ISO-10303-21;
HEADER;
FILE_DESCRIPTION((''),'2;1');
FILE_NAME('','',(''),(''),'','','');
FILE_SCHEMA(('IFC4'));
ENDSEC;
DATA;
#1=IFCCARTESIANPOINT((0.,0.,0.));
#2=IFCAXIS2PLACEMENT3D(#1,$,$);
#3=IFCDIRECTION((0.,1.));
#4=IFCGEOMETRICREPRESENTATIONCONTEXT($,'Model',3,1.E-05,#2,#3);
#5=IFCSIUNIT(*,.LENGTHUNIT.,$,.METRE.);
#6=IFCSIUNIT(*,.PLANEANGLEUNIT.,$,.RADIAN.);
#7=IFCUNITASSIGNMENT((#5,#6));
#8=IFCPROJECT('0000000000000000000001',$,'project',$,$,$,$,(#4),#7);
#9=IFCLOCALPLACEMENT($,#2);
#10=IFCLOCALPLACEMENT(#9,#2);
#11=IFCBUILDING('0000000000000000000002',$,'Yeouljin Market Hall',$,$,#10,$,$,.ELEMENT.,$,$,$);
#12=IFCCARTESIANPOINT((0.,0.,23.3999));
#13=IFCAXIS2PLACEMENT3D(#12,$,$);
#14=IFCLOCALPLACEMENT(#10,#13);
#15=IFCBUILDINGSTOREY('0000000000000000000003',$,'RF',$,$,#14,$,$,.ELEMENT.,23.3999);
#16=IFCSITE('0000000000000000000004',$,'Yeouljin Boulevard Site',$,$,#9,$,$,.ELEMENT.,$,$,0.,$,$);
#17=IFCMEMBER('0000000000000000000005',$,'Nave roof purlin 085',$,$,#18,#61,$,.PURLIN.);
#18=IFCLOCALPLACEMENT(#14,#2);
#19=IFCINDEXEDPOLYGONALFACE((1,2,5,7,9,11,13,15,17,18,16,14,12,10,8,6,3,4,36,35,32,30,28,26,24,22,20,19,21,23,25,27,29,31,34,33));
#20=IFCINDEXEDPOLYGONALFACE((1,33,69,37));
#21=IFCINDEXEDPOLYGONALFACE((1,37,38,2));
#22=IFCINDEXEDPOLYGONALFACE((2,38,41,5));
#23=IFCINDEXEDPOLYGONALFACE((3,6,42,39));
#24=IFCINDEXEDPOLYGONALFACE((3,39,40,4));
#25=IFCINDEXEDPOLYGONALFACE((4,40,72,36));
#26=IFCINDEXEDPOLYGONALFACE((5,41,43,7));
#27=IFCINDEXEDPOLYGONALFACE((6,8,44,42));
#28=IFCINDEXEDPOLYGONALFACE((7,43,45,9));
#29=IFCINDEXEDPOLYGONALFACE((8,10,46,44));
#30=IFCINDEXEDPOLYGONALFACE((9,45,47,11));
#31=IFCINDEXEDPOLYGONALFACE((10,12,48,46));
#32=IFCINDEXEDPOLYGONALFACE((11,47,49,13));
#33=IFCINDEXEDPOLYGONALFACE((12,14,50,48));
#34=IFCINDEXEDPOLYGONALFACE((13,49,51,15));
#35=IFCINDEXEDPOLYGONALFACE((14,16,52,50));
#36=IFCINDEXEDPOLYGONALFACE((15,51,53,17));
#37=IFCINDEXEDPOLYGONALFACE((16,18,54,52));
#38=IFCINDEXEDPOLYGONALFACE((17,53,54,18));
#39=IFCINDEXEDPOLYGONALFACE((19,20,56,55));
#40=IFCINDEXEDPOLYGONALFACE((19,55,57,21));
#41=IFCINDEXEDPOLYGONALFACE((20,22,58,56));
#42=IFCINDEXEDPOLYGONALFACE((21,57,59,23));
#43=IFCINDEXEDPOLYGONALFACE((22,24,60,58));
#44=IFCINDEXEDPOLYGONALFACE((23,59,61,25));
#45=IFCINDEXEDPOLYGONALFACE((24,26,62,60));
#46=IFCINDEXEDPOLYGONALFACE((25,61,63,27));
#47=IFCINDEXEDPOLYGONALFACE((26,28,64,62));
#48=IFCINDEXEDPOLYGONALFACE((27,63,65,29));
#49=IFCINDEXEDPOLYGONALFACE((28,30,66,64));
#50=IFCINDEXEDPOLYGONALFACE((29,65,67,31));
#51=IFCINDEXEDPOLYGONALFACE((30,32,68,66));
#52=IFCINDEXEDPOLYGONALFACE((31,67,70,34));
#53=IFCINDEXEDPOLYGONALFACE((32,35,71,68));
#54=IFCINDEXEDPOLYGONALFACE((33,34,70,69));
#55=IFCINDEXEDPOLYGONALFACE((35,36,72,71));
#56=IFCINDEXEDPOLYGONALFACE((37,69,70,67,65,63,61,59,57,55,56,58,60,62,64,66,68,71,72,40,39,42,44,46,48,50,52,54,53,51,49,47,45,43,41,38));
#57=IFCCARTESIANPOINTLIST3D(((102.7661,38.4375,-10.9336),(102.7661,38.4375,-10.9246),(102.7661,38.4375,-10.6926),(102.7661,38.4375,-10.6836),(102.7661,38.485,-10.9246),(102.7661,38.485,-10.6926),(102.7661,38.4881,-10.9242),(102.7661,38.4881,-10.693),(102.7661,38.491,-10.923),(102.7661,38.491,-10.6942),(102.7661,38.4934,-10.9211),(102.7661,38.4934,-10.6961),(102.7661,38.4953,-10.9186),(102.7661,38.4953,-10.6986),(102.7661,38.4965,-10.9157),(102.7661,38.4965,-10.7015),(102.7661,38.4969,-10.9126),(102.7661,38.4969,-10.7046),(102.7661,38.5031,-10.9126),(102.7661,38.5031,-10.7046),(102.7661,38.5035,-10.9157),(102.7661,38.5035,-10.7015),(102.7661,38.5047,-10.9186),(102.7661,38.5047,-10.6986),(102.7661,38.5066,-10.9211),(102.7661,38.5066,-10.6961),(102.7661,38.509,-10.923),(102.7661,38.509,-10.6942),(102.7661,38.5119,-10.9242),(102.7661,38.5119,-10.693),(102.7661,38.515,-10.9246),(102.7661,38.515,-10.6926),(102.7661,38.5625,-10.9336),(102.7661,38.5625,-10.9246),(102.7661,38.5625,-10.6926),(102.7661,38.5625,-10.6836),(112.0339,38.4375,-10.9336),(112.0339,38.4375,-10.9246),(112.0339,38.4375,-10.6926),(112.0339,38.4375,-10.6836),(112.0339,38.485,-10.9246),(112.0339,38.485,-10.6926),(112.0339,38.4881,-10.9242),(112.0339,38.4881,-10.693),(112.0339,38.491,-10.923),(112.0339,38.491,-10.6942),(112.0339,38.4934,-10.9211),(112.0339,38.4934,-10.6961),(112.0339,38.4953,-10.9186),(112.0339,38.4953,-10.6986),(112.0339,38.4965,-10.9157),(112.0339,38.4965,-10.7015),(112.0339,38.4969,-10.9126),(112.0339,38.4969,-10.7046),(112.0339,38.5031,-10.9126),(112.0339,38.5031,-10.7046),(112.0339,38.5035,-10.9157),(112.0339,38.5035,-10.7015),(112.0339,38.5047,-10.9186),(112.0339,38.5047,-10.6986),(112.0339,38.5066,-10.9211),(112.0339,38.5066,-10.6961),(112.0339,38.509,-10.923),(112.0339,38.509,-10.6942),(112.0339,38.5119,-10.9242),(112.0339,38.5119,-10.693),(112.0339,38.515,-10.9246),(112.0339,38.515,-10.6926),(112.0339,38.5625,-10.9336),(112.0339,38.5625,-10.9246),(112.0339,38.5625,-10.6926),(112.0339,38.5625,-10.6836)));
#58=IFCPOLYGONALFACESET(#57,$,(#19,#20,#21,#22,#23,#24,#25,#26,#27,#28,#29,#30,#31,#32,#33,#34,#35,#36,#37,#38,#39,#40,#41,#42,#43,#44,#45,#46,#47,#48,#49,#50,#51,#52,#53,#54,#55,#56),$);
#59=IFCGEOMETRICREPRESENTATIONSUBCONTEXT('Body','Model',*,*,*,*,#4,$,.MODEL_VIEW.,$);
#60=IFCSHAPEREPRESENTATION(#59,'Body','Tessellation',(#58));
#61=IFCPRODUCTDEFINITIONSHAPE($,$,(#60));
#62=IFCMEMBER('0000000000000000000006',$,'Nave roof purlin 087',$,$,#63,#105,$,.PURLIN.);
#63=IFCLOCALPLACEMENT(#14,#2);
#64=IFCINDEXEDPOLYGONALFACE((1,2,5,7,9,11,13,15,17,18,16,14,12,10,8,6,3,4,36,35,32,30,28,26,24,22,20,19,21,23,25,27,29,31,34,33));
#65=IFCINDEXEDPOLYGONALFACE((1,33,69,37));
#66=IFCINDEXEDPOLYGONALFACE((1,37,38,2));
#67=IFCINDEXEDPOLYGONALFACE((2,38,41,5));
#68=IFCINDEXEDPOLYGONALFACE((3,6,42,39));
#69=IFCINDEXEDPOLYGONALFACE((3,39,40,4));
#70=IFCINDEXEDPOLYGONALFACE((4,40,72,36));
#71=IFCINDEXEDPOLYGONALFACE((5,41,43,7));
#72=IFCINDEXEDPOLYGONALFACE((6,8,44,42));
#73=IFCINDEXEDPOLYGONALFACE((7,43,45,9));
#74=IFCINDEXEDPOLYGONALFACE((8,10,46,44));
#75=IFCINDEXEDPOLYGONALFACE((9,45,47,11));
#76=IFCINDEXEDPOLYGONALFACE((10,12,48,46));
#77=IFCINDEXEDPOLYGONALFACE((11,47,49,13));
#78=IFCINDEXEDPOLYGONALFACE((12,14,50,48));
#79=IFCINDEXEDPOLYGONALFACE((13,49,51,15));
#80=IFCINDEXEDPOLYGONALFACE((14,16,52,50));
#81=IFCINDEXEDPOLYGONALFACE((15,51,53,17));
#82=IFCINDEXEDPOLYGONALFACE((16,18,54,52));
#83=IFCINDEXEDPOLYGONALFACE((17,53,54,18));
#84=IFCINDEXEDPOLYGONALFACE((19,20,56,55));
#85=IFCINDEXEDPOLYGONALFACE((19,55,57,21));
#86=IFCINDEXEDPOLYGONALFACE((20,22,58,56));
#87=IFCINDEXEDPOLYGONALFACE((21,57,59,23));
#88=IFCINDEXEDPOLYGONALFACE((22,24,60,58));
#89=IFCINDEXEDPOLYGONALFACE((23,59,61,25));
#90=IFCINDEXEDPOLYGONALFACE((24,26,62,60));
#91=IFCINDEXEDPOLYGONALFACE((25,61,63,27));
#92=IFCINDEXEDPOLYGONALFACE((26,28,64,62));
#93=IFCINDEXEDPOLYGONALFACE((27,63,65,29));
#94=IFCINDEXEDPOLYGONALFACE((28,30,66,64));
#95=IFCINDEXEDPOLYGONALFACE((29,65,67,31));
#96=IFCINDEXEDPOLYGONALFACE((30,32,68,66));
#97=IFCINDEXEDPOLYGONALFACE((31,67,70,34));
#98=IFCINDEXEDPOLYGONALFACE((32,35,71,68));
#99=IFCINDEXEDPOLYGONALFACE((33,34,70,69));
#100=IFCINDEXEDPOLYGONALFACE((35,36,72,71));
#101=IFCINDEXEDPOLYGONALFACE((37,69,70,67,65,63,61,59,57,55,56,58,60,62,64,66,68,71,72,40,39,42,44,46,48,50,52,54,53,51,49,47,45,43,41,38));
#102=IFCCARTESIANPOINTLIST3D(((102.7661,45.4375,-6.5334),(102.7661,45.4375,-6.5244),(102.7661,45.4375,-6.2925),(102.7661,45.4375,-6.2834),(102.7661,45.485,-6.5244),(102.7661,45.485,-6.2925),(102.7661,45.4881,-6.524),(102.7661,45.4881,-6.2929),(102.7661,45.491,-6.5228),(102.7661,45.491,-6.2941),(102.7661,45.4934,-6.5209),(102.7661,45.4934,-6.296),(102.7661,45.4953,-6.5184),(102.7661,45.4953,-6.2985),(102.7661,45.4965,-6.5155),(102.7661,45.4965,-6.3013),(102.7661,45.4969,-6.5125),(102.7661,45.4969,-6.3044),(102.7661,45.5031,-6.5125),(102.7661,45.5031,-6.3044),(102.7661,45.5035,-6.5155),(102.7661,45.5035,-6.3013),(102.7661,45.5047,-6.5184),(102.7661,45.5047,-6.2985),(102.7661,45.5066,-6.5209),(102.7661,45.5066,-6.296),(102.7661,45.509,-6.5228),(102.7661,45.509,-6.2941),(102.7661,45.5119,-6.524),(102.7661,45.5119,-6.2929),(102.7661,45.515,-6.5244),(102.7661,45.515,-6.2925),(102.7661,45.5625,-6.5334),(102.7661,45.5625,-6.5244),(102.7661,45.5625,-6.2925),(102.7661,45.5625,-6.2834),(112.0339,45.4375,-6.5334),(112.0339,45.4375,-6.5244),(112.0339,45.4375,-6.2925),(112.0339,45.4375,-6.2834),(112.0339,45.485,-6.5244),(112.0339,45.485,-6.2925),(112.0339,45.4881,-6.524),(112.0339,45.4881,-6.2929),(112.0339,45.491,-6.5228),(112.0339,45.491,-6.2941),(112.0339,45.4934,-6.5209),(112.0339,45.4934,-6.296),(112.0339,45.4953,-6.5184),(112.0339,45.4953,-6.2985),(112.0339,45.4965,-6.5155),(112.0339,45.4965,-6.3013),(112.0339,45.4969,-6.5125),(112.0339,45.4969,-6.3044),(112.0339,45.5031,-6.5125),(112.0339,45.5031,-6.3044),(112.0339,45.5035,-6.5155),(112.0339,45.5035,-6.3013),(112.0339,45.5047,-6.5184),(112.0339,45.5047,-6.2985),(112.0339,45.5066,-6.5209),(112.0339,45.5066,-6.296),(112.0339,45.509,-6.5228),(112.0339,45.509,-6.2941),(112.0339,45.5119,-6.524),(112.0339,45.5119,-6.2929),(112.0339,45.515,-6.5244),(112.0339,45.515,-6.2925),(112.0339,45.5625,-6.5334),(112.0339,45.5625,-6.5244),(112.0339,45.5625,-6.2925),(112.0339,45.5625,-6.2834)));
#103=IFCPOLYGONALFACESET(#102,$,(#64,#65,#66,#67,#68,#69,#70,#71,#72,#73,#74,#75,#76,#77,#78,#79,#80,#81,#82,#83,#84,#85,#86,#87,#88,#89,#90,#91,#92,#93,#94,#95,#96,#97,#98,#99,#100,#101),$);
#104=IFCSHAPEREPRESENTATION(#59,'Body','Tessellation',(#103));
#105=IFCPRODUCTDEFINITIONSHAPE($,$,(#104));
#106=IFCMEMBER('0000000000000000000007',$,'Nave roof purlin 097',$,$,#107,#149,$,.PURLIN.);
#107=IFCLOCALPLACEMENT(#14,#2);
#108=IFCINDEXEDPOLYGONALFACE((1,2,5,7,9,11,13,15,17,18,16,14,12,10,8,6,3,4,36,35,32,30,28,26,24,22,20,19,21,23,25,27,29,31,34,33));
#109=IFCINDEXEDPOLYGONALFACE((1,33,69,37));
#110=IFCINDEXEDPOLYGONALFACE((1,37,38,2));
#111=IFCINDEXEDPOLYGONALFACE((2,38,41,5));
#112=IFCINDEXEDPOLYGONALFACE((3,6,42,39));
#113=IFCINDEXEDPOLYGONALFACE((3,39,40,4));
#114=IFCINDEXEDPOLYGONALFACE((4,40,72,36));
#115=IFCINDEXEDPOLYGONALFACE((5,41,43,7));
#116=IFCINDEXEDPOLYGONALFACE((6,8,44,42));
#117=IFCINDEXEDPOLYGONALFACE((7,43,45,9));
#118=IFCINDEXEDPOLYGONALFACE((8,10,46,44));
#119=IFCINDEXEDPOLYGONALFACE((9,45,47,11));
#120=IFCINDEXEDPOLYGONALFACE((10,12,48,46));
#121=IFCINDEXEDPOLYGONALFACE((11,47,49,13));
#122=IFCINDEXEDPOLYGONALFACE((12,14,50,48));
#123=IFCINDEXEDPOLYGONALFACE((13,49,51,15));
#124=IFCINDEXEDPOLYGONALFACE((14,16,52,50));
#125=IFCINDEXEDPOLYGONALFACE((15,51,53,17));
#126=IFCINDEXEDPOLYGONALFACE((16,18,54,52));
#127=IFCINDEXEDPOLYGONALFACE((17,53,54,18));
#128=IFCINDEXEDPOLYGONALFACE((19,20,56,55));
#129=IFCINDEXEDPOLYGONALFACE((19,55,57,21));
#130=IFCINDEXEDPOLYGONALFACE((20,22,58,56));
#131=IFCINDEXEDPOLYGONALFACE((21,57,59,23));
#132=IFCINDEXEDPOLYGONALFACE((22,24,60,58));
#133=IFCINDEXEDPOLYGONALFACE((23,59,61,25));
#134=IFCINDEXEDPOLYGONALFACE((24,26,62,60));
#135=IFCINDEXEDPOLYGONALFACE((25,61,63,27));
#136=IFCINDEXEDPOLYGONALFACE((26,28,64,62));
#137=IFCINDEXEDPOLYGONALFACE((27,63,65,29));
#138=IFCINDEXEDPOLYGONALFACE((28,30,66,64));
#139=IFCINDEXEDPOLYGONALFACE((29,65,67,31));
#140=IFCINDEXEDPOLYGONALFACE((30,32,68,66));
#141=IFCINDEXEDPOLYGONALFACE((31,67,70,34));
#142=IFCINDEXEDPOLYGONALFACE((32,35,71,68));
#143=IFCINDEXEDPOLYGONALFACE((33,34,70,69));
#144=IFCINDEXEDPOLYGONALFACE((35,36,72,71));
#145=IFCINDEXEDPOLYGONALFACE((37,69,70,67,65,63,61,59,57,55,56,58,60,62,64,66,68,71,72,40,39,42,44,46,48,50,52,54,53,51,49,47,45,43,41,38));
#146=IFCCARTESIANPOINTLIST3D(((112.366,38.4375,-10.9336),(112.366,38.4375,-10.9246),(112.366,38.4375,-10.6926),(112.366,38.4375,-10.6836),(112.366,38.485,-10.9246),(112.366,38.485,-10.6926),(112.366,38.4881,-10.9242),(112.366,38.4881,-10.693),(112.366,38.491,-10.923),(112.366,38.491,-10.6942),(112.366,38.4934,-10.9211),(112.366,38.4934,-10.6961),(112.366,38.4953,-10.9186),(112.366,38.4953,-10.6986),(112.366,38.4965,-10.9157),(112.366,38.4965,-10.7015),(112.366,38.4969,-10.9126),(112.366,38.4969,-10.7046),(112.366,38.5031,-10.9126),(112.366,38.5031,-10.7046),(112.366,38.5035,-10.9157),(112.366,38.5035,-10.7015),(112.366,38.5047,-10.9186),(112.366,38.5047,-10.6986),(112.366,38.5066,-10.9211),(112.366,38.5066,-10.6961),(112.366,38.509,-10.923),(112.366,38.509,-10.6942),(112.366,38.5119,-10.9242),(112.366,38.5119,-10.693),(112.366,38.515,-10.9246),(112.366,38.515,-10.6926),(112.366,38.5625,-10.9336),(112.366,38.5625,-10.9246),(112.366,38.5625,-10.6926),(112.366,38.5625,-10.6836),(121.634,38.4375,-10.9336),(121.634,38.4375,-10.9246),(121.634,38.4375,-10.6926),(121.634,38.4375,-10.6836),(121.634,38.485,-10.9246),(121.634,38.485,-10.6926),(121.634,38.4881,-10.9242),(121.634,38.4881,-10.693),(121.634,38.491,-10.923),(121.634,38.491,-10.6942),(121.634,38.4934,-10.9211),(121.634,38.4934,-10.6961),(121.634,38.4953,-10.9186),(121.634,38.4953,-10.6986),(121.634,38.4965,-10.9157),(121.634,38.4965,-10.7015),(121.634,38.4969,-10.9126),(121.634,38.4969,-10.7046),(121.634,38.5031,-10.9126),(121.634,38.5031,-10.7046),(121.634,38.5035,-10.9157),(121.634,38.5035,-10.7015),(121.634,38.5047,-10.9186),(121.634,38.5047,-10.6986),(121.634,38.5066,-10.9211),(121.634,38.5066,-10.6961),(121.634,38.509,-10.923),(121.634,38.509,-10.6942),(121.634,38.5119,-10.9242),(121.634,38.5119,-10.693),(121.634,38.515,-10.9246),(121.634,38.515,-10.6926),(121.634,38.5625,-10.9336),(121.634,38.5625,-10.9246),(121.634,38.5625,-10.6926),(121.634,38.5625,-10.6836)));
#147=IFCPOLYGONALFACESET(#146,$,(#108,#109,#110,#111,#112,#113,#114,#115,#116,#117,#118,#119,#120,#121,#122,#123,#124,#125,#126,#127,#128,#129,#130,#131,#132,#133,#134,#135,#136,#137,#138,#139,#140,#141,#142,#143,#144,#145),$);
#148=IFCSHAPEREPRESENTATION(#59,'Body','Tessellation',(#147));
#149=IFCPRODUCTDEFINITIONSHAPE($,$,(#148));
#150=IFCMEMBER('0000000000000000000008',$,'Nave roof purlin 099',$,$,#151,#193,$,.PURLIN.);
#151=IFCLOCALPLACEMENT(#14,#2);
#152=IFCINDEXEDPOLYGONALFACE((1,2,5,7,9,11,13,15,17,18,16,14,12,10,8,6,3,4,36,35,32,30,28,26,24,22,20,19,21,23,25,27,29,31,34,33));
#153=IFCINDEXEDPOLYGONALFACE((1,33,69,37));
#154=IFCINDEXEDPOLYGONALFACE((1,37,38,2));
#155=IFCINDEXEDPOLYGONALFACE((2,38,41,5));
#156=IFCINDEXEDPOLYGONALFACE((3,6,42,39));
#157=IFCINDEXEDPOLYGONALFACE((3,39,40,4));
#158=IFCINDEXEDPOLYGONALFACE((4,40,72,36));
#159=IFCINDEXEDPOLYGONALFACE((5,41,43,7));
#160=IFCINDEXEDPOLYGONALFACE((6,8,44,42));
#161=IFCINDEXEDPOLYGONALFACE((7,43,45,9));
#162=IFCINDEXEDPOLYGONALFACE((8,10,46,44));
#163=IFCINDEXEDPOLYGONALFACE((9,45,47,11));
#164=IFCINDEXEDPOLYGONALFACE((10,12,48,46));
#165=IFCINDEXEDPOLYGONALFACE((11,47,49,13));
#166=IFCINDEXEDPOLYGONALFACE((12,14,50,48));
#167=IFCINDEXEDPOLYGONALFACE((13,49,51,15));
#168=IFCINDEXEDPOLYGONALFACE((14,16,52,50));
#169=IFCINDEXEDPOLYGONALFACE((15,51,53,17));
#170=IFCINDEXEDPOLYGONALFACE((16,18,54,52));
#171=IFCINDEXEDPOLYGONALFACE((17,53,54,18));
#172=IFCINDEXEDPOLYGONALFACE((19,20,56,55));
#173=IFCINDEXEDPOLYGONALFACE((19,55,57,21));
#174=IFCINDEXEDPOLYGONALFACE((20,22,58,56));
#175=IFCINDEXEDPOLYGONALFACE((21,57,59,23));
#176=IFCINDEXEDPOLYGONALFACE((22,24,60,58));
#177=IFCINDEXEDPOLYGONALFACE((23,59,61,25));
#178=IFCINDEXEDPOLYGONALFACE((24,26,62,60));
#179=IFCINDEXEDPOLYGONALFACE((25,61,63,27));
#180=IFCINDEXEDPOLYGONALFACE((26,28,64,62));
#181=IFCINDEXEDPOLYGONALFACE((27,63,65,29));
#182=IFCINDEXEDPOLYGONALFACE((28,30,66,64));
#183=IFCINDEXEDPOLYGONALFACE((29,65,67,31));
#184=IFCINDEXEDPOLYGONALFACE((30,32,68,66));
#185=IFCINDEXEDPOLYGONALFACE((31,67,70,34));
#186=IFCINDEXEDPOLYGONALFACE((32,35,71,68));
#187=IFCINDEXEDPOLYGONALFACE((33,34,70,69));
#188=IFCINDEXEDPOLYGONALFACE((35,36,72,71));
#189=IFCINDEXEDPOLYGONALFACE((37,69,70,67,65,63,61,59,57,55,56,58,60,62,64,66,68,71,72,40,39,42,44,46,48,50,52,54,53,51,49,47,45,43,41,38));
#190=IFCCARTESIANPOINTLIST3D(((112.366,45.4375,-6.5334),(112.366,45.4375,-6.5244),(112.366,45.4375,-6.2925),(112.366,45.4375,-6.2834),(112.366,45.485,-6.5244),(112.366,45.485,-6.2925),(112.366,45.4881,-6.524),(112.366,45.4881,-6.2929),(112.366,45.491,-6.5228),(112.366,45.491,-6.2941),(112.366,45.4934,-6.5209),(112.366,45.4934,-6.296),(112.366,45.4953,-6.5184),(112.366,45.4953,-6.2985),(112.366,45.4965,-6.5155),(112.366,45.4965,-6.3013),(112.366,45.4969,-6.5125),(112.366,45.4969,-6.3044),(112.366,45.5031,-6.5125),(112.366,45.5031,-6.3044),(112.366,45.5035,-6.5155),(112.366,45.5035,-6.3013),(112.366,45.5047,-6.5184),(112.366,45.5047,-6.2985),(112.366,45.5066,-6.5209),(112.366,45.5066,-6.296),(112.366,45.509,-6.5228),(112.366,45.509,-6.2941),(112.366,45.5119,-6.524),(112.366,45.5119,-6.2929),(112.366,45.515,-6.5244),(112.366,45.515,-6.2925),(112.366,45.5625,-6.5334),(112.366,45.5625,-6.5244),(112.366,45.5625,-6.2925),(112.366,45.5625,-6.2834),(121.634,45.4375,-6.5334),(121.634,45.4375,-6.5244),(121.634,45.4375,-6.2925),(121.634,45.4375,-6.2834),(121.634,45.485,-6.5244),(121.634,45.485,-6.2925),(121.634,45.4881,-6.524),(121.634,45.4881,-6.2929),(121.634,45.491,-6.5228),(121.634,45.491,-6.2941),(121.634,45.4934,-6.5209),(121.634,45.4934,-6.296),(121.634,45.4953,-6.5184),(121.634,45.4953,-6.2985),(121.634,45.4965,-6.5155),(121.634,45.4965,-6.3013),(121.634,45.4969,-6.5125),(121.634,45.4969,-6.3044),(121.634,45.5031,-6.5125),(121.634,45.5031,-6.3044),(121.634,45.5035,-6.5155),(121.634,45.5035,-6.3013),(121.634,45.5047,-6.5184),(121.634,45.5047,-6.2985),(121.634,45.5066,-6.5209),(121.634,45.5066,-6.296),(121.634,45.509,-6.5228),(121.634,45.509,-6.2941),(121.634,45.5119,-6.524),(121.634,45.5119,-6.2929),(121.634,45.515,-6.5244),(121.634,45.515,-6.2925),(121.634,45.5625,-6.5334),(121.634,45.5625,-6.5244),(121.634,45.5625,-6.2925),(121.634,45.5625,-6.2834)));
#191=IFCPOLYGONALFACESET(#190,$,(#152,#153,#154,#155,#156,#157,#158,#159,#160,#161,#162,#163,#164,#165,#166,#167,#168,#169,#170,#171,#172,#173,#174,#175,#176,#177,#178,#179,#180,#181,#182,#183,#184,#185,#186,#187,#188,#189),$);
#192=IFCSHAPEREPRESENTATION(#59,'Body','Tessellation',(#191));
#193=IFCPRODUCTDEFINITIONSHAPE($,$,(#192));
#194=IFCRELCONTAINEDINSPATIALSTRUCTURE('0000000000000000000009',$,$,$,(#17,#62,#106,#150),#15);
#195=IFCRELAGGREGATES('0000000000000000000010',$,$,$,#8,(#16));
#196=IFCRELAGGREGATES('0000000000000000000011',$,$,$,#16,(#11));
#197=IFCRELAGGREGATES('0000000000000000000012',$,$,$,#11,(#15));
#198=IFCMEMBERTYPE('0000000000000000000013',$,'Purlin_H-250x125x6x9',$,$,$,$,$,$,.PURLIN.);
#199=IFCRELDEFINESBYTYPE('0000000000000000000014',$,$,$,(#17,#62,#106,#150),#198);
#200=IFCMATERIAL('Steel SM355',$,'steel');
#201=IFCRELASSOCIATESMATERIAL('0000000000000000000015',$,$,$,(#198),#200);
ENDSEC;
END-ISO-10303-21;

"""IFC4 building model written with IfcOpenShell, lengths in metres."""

from ifc_helpers import new_model, si_unit, direction, frame, origin, origin_2d, place, context, subcontext, project, spatial, i_section, extrude, material, material_profile, profile_set, type_object, element, save


model = new_model("IFC4")

# Units and contexts
model_context = context("Model", 3, precision=1e-05, world=origin(), true_north=direction((0.0, 1.0)))
body_context = subcontext(model_context, "Body", "Model", "MODEL_VIEW")
ifc_project = project(units=[si_unit("LENGTHUNIT", "METRE"), si_unit("PLANEANGLEUNIT", "RADIAN")], contexts=[model_context])

# Site, building, storey
site_placement = place(None, origin())
site = spatial("IfcSite", under=ifc_project, at=site_placement, Name="Yeouljin Boulevard Site", CompositionType="ELEMENT", RefElevation=0.0)
building_placement = place(site_placement, origin())
building = spatial("IfcBuilding", under=site, at=building_placement, Name="Yeouljin Market Hall", CompositionType="ELEMENT")
storey_placement = place(building_placement, frame((0.0, 0.0, 23.3999)))
storey = spatial("IfcBuildingStorey", under=building, at=storey_placement, Name="RF", CompositionType="ELEMENT", Elevation=23.3999)

# Members
ifc_material_1 = material(Name="Steel SM355", Category="steel")
ifc_material_profile_1 = material_profile(ifc_material_1, i_section(OverallWidth=0.125, OverallDepth=0.25, WebThickness=0.0061, FlangeThickness=0.009, FilletRadius=0.012, at=origin_2d()), Name="H-250x125x6x9")
ifc_profile_set_1 = profile_set([ifc_material_profile_1], Name="Steel SM355")
member_type_1 = type_object("IfcMemberType", Name="Purlin_H-250x125x6x9", PredefinedType="PURLIN", material=ifc_profile_set_1)
for number, where, z_axis, x_axis, name in (
    (1, (102.7661, 38.5, -10.8086), (1.0, 0.0, 0.0), (0.0, 1.0, 0.0), "Nave roof purlin 085"),
    (2, (102.7661, 45.5, -6.4084), (1.0, 0.0, 0.0), (0.0, 1.0, 0.0), "Nave roof purlin 087"),
):
    element("IfcMember", number, at=place(storey_placement, frame(where, z_axis=z_axis, x_axis=x_axis)), inside=storey, type_object=member_type_1, Name=name, PredefinedType="PURLIN", context=body_context, shape_type="SweptSolid", body=[
        extrude(i_section(OverallWidth=0.125, OverallDepth=0.25, WebThickness=0.0061, FlangeThickness=0.009, FilletRadius=0.012, at=origin_2d()), origin(), (0.0, 0.0, 1.0), 9.2678),
    ])
for number, where, z_axis, x_axis, name in (
    (3, (112.366, 38.5, -10.8086), (1.0, 0.0, 0.0), (0.0, 1.0, 0.0), "Nave roof purlin 097"),
    (4, (112.366, 45.5, -6.4084), (1.0, 0.0, 0.0), (0.0, 1.0, 0.0), "Nave roof purlin 099"),
):
    element("IfcMember", number, at=place(storey_placement, frame(where, z_axis=z_axis, x_axis=x_axis)), inside=storey, type_object=member_type_1, Name=name, PredefinedType="PURLIN", context=body_context, shape_type="SweptSolid", body=[
        extrude(i_section(OverallWidth=0.125, OverallDepth=0.25, WebThickness=0.0061, FlangeThickness=0.009, FilletRadius=0.012, at=origin_2d()), origin(), (0.0, 0.0, 1.0), 9.2681),
    ])

save(model, "model.ifc")
